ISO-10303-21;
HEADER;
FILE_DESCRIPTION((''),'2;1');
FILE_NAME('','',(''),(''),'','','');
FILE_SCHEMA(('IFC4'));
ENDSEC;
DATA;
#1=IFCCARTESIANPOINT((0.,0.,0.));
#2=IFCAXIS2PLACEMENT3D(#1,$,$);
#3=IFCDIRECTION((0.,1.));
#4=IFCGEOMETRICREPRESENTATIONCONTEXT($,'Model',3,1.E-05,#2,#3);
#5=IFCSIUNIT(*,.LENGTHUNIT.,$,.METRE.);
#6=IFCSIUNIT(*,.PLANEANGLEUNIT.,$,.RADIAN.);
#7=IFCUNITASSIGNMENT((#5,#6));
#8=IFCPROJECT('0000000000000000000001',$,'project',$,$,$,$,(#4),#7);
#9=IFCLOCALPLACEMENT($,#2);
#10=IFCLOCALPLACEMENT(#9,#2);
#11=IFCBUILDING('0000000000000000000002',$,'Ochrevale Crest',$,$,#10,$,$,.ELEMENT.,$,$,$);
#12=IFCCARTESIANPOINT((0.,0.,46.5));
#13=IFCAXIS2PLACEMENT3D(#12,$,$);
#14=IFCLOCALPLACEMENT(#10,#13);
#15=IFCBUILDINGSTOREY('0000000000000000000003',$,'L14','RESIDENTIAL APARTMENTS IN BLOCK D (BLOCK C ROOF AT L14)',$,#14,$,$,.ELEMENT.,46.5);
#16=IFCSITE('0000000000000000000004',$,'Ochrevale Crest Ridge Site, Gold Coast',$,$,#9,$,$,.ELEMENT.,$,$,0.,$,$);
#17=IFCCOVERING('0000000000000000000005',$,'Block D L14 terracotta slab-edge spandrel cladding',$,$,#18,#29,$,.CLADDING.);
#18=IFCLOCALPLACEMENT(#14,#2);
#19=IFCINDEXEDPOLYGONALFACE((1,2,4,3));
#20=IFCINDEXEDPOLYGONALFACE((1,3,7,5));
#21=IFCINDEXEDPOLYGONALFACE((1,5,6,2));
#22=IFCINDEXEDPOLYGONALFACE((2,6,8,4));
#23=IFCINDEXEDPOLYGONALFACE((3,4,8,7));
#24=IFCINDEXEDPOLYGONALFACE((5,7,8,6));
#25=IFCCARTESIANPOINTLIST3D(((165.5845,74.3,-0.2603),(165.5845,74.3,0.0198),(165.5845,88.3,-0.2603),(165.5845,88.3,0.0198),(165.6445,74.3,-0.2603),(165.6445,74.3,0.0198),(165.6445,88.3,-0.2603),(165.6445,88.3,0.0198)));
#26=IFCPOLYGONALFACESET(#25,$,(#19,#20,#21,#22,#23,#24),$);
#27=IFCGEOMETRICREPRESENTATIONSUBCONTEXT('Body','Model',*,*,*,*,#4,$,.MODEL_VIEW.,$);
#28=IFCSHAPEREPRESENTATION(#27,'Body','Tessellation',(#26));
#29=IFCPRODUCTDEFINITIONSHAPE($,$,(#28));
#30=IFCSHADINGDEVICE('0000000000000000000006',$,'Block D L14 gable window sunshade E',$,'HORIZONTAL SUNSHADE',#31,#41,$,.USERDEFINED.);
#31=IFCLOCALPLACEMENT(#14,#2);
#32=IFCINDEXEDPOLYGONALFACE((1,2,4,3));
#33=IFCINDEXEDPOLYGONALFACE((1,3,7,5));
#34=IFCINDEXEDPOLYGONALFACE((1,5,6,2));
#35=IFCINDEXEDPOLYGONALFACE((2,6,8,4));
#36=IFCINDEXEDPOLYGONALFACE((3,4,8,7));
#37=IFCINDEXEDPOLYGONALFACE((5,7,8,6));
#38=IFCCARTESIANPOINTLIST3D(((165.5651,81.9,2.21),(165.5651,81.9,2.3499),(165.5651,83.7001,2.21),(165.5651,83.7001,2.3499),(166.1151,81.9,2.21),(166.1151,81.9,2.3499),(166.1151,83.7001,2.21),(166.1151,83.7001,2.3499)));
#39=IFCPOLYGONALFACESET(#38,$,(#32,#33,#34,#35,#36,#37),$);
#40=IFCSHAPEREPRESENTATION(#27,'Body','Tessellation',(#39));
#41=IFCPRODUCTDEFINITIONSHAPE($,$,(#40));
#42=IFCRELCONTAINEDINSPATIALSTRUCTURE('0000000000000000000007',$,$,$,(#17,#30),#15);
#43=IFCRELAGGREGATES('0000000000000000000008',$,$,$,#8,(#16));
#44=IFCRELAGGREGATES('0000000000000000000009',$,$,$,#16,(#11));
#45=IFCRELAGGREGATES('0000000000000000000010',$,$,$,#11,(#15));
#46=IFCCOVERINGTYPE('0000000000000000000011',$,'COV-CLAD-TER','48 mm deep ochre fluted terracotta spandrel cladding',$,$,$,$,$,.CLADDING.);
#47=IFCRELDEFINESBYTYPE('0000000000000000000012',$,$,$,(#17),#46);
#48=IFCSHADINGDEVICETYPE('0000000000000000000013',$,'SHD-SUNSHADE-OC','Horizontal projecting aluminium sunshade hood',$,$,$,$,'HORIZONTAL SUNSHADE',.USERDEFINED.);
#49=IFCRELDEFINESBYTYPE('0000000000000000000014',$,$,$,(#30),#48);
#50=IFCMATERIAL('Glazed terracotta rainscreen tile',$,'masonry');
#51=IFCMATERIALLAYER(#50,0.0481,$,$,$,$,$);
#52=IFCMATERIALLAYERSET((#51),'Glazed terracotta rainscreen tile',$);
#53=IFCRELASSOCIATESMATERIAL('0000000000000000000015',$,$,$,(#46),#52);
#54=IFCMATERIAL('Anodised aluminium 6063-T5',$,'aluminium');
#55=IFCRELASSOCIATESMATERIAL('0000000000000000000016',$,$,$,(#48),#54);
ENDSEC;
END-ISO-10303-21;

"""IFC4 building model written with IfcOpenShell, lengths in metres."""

from ifc_helpers import new_model, si_unit, direction, frame, origin, origin_2d, place, context, subcontext, project, spatial, rectangle, extrude, material, layer, layer_set, type_object, element, save


model = new_model("IFC4")

# Units and contexts
model_context = context("Model", 3, precision=1e-05, world=origin(), true_north=direction((0.0, 1.0)))
body_context = subcontext(model_context, "Body", "Model", "MODEL_VIEW")
ifc_project = project(units=[si_unit("LENGTHUNIT", "METRE"), si_unit("PLANEANGLEUNIT", "RADIAN")], contexts=[model_context])

# Site, building, storey
site_placement = place(None, origin())
site = spatial("IfcSite", under=ifc_project, at=site_placement, Name="Ochrevale Crest Ridge Site, Gold Coast", CompositionType="ELEMENT", RefElevation=0.0)
building_placement = place(site_placement, origin())
building = spatial("IfcBuilding", under=site, at=building_placement, Name="Ochrevale Crest", CompositionType="ELEMENT")
storey_placement = place(building_placement, frame((0.0, 0.0, 46.5)))
storey = spatial("IfcBuildingStorey", under=building, at=storey_placement, Name="L14", Description="RESIDENTIAL APARTMENTS IN BLOCK D (BLOCK C ROOF AT L14)", CompositionType="ELEMENT", Elevation=46.5)

# Shared definitions
ifc_material_1 = material(Name="Anodised aluminium 6063-T5", Category="aluminium")

# Covering
ifc_material_2 = material(Name="Glazed terracotta rainscreen tile", Category="masonry")
ifc_layer_1 = layer(ifc_material_2, 0.0481)
ifc_layer_set_1 = layer_set([ifc_layer_1], Name="Glazed terracotta rainscreen tile")
covering_type = type_object("IfcCoveringType", Name="COV-CLAD-TER", Description="48 mm deep ochre fluted terracotta spandrel cladding", PredefinedType="CLADDING", material=ifc_layer_set_1)
covering_placement = place(storey_placement, frame((165.6145, 81.3, -0.2603), z_axis=(0.0, 0.0, 1.0), x_axis=(0.0, 1.0, 0.0)))
element("IfcCovering", 1, at=covering_placement, inside=storey, type_object=covering_type, Name="Block D L14 terracotta slab-edge spandrel cladding", PredefinedType="CLADDING", context=body_context, shape_type="SweptSolid", body=[
    extrude(rectangle(XDim=14.0, YDim=0.0601, at=origin_2d()), origin(), (0.0, 0.0, 1.0), 0.28),
])

# Shading device
shading_device_type = type_object("IfcShadingDeviceType", Name="SHD-SUNSHADE-OC", Description="Horizontal projecting aluminium sunshade hood", ElementType="HORIZONTAL SUNSHADE", PredefinedType="USERDEFINED", material=ifc_material_1)
shading_device_placement = place(storey_placement, frame((165.8401, 82.8, 2.21), z_axis=(0.0, 0.0, 1.0), x_axis=(1.0, 0.0, 0.0)))
element("IfcShadingDevice", 2, at=shading_device_placement, inside=storey, type_object=shading_device_type, Name="Block D L14 gable window sunshade E", ObjectType="HORIZONTAL SUNSHADE", PredefinedType="USERDEFINED", context=body_context, shape_type="SweptSolid", body=[
    extrude(rectangle(XDim=0.55, YDim=1.8, at=origin_2d()), origin(), (0.0, 0.0, 1.0), 0.1399),
])

save(model, "model.ifc")
